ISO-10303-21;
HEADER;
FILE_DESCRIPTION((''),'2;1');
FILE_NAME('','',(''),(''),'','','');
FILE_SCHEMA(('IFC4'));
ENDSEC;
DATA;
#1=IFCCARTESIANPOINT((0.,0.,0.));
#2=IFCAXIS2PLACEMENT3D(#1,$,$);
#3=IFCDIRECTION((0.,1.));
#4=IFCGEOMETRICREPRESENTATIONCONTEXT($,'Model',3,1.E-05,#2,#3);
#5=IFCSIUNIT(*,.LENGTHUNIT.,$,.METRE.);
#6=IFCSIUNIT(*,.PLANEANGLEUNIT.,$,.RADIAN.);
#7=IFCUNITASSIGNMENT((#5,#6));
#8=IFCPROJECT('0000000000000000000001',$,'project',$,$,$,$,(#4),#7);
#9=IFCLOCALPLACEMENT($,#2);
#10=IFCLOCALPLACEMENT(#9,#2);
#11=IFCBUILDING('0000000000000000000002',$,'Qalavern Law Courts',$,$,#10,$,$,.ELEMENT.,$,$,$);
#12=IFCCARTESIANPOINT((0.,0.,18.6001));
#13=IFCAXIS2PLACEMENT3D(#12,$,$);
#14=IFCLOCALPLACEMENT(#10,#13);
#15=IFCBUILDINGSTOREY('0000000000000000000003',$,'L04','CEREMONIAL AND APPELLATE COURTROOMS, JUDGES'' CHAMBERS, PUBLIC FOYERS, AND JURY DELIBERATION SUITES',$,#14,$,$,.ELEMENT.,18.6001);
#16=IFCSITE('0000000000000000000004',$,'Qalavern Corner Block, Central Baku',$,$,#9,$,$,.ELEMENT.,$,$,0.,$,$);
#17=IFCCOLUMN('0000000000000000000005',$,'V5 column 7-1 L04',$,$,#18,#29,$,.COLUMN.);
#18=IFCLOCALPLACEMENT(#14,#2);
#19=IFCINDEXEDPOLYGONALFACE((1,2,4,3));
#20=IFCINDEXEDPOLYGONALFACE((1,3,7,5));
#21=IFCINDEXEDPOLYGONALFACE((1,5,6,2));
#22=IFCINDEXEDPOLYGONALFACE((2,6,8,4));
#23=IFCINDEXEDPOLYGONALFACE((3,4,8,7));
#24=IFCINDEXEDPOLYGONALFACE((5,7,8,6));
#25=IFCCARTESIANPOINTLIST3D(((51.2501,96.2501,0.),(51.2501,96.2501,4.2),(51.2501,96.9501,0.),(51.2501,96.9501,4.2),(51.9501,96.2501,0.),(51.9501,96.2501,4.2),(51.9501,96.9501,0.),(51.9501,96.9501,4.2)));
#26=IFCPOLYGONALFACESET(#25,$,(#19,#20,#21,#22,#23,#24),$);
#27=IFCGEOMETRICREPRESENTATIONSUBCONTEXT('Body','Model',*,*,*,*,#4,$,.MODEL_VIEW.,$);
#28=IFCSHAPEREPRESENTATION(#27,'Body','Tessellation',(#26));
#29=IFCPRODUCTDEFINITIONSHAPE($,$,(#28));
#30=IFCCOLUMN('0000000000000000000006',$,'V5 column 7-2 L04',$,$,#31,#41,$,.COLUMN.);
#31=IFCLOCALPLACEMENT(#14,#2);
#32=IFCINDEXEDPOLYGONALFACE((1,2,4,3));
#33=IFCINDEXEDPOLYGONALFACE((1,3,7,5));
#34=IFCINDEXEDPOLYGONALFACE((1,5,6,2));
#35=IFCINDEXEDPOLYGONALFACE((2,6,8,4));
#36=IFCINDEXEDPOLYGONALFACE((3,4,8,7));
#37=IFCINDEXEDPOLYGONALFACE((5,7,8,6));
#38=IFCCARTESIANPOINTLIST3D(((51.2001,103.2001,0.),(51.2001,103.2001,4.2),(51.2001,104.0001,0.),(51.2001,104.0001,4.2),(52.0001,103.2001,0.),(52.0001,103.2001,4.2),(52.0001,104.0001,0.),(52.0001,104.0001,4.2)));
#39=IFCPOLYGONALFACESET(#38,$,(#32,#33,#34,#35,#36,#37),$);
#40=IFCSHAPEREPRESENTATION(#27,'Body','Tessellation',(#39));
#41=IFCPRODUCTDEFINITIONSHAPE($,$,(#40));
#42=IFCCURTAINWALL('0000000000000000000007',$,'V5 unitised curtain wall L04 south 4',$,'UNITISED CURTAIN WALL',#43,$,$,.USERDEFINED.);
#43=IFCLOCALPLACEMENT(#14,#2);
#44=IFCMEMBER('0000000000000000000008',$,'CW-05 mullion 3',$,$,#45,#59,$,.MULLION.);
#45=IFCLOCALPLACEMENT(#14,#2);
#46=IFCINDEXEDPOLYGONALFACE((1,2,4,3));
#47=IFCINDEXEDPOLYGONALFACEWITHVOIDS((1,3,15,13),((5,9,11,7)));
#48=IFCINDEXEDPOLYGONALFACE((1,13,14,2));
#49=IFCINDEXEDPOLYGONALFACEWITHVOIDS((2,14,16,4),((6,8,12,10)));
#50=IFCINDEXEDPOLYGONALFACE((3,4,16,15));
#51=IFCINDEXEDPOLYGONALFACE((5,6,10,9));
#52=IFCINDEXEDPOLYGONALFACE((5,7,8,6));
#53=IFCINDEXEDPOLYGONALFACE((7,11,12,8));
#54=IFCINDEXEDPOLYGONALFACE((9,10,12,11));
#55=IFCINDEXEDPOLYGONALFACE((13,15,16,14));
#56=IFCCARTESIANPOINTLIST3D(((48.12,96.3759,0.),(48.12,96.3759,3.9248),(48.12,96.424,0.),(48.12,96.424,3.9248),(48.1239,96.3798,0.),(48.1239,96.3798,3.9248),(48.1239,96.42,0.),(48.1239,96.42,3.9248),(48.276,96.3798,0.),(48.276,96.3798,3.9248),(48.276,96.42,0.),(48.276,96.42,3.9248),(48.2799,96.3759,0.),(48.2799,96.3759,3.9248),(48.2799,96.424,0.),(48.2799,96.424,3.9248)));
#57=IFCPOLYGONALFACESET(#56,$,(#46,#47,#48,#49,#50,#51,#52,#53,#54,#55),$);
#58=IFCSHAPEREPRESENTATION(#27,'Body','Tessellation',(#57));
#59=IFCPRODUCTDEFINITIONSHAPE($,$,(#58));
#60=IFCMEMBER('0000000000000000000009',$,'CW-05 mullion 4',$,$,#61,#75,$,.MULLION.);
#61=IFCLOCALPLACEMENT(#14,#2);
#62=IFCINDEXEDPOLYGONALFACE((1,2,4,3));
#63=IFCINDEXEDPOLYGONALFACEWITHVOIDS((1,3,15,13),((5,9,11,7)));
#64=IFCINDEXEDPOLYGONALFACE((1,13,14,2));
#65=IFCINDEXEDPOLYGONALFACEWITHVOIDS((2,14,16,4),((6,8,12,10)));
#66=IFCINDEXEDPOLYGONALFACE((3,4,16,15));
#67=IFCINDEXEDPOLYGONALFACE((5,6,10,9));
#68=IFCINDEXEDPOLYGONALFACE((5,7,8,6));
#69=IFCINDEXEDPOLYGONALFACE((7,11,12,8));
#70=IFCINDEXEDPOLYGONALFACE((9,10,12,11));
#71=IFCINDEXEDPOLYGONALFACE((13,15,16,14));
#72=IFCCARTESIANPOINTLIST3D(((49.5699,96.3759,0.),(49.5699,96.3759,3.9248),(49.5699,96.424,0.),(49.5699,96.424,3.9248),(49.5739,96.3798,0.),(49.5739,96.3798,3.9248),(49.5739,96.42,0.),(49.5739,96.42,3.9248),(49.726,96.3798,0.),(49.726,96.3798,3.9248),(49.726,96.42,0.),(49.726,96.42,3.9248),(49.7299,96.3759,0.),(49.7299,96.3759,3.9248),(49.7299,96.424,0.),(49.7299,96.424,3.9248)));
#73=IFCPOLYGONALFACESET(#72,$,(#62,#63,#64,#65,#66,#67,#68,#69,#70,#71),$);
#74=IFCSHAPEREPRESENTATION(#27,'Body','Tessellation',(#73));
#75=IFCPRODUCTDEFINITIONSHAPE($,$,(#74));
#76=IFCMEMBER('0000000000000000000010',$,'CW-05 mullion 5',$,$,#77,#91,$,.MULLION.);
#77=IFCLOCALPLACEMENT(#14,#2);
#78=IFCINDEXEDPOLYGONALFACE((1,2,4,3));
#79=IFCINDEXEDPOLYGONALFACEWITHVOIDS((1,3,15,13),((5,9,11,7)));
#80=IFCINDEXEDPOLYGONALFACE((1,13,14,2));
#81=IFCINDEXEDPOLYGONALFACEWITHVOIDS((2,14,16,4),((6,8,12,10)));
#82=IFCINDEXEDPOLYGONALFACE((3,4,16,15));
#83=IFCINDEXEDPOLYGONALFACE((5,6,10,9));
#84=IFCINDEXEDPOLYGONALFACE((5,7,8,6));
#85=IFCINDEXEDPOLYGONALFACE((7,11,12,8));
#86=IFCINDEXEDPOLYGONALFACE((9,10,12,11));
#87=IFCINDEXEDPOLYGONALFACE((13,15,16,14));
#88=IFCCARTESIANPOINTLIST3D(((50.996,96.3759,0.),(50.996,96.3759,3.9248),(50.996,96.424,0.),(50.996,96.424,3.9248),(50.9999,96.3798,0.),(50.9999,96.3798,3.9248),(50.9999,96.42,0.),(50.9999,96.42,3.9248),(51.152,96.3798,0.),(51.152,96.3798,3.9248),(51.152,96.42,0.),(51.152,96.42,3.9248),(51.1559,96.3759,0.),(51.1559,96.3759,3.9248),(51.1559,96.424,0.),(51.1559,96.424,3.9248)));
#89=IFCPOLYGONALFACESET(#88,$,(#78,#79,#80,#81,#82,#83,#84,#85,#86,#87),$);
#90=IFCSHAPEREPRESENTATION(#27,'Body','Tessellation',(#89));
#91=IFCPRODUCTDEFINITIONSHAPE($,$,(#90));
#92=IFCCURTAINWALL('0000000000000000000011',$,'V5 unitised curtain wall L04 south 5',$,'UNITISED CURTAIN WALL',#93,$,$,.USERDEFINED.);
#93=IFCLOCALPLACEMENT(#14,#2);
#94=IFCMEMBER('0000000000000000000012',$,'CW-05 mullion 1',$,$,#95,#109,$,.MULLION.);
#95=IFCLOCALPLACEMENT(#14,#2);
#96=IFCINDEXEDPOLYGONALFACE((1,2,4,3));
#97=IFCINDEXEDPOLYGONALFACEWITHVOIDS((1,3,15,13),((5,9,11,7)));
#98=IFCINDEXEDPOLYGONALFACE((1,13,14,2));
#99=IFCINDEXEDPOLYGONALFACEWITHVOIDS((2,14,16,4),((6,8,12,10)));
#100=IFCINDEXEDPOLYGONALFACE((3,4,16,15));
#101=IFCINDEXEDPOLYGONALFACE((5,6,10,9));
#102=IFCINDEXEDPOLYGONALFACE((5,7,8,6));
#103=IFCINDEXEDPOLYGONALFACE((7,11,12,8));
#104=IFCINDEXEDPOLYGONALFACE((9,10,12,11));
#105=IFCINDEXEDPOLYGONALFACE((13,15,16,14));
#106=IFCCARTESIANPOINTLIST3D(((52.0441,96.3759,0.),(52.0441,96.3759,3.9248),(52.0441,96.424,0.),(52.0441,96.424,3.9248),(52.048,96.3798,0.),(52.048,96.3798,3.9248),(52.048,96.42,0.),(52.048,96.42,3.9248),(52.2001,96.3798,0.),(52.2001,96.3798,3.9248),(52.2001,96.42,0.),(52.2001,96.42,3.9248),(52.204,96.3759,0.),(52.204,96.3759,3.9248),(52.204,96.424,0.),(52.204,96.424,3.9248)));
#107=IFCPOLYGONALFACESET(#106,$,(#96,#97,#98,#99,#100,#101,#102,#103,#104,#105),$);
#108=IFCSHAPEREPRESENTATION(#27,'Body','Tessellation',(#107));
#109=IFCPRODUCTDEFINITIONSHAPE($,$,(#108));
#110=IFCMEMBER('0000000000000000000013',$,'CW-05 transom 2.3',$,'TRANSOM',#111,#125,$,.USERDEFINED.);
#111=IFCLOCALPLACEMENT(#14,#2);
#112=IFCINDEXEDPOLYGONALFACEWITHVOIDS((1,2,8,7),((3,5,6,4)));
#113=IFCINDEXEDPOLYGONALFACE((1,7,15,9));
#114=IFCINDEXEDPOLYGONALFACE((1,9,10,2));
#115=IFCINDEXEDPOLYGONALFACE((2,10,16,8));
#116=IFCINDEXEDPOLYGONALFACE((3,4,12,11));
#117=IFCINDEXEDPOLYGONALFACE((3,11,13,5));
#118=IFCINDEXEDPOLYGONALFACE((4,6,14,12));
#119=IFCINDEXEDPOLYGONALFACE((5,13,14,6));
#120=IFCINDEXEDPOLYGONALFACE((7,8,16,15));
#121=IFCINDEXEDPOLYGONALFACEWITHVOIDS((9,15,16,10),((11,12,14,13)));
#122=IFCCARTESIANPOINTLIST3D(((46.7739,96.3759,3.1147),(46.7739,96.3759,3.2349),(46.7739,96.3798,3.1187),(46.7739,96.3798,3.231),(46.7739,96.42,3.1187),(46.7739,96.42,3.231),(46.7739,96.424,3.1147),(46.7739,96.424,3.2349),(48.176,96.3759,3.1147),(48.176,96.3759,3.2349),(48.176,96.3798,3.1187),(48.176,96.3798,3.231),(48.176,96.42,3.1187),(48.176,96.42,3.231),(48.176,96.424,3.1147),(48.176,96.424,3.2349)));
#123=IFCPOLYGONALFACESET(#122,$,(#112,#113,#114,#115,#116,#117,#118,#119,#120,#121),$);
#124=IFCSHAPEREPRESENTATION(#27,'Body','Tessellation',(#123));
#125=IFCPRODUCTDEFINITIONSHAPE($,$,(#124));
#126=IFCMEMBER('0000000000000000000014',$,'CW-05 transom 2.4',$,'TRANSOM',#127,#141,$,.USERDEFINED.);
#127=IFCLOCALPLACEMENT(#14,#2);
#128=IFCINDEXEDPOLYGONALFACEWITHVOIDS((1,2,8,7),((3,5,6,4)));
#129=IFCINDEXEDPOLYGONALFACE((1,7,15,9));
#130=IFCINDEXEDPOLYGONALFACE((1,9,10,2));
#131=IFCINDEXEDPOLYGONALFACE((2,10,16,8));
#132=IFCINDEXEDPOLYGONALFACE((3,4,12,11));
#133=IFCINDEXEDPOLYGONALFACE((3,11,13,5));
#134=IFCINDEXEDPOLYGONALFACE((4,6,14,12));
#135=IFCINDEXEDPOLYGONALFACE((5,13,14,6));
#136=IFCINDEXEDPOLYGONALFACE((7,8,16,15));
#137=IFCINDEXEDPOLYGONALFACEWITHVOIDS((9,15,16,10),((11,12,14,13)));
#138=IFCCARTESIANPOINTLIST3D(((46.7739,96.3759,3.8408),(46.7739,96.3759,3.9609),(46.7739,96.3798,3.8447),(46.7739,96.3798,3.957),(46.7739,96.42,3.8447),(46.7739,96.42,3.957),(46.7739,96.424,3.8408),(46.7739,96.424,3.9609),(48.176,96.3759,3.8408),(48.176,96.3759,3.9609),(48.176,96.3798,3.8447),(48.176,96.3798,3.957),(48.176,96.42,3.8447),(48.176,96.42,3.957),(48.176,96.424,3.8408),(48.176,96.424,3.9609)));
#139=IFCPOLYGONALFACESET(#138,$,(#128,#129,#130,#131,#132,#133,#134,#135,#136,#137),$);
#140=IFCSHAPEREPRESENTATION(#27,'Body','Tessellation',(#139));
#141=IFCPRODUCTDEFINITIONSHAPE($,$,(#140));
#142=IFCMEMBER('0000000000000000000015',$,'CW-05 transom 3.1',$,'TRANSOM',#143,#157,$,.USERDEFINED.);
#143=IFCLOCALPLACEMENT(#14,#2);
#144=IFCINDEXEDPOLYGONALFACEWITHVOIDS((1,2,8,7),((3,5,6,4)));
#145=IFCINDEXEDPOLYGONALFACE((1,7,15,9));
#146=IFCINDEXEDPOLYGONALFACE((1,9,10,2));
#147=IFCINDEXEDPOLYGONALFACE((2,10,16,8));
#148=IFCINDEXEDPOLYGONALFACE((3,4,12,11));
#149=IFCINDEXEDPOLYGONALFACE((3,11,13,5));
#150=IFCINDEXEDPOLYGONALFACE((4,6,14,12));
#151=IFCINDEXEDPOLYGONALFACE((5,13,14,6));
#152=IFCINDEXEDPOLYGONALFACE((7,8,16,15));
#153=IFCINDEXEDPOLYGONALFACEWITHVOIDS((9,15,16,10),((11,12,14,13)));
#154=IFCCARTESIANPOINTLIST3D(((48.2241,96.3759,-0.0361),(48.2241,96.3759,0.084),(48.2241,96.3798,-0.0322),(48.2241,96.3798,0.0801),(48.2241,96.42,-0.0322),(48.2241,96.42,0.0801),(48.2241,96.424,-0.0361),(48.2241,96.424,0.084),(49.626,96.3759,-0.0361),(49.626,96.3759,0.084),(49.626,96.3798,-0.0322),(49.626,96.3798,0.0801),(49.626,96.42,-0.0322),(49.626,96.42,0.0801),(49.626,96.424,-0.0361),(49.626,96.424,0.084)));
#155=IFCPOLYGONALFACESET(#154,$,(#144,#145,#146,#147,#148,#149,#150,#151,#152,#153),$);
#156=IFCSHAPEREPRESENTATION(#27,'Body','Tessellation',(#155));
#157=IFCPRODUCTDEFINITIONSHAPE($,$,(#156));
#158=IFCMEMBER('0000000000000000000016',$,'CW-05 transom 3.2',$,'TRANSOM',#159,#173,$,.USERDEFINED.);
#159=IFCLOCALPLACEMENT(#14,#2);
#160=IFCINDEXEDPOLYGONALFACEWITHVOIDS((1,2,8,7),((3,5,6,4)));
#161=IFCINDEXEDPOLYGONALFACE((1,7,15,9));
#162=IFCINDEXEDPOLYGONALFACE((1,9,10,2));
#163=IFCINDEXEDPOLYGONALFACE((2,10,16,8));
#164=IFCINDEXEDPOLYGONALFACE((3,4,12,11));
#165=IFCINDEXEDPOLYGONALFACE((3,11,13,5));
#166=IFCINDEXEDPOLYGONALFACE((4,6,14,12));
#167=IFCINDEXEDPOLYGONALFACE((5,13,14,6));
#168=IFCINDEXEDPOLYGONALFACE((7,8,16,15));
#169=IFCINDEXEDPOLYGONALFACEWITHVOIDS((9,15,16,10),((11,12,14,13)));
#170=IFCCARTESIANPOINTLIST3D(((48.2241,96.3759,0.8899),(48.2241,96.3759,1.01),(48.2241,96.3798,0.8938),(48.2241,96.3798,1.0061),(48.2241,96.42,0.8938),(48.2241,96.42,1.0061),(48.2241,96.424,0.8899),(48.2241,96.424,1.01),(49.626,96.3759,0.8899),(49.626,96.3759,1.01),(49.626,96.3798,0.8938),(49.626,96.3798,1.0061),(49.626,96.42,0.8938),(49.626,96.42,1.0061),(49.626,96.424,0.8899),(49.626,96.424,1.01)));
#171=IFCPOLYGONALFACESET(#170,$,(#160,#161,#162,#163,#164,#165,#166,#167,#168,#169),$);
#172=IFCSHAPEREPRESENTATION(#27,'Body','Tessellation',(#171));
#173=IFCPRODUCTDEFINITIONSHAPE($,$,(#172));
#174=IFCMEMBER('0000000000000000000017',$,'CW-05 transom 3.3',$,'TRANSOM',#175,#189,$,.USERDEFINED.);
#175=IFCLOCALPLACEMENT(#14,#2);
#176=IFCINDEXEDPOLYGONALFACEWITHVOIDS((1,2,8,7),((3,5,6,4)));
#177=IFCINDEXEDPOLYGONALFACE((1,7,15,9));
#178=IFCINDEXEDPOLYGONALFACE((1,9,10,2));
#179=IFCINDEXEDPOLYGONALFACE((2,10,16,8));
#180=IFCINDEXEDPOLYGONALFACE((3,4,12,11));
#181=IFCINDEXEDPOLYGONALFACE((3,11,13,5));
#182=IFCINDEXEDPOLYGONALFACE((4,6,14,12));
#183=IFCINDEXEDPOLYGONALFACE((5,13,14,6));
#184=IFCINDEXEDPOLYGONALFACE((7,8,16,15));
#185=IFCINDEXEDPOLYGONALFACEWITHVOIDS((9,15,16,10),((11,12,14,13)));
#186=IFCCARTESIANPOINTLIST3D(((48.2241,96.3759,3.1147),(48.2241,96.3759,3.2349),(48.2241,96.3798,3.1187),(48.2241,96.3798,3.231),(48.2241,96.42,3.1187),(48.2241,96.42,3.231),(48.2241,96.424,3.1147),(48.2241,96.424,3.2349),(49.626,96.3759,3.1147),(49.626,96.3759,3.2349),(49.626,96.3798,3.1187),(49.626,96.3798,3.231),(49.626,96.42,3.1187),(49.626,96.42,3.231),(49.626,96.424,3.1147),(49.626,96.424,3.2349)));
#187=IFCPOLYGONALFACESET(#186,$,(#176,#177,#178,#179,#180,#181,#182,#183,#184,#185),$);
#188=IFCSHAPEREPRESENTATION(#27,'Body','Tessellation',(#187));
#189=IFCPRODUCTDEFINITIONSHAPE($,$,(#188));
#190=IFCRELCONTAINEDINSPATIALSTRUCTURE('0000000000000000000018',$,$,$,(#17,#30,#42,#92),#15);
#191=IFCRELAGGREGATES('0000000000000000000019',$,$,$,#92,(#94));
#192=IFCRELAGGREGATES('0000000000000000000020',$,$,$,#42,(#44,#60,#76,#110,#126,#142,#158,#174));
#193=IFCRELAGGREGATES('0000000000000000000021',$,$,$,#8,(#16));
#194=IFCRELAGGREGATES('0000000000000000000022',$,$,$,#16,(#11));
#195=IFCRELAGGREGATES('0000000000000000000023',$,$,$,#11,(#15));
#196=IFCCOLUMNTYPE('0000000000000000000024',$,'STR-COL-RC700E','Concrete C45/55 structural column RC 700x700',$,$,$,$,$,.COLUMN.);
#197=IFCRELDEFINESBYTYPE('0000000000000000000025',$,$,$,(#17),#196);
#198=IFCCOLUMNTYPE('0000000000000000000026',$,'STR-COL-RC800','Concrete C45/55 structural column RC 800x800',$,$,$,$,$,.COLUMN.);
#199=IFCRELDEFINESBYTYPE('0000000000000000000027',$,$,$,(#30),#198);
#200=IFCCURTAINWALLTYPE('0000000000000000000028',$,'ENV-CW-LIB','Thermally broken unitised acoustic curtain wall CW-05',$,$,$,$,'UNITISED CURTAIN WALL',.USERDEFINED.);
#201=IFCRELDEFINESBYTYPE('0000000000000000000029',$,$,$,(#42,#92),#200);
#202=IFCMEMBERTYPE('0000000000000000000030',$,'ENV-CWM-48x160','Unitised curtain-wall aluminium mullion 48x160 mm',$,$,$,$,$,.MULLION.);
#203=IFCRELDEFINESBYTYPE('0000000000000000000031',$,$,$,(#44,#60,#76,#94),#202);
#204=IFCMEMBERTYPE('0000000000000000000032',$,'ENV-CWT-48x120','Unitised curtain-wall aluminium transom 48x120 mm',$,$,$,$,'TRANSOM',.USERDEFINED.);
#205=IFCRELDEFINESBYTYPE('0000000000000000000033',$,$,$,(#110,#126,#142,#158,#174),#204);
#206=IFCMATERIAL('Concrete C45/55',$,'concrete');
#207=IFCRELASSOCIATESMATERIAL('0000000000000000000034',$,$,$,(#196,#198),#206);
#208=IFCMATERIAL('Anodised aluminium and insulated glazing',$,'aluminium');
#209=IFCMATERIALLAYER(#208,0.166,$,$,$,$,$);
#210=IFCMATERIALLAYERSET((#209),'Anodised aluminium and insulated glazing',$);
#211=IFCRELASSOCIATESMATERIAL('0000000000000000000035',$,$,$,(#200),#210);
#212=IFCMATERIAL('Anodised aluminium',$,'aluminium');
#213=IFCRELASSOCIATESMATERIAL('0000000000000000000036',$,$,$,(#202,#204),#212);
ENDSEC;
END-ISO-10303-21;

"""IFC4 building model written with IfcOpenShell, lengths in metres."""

from ifc_helpers import new_model, si_unit, direction, frame, origin, origin_2d, place, context, subcontext, project, spatial, rectangle, hollow_rectangle, extrude, material, layer, layer_set, material_profile, profile_set, type_object, element, aggregate, save


model = new_model("IFC4")

# Units and contexts
model_context = context("Model", 3, precision=1e-05, world=origin(), true_north=direction((0.0, 1.0)))
body_context = subcontext(model_context, "Body", "Model", "MODEL_VIEW")
ifc_project = project(units=[si_unit("LENGTHUNIT", "METRE"), si_unit("PLANEANGLEUNIT", "RADIAN")], contexts=[model_context])

# Site, building, storey
site_placement = place(None, origin())
site = spatial("IfcSite", under=ifc_project, at=site_placement, Name="Qalavern Corner Block, Central Baku", CompositionType="ELEMENT", RefElevation=0.0)
building_placement = place(site_placement, origin())
building = spatial("IfcBuilding", under=site, at=building_placement, Name="Qalavern Law Courts", CompositionType="ELEMENT")
storey_placement = place(building_placement, frame((0.0, 0.0, 18.6001)))
storey = spatial("IfcBuildingStorey", under=building, at=storey_placement, Name="L04", Description="CEREMONIAL AND APPELLATE COURTROOMS, JUDGES' CHAMBERS, PUBLIC FOYERS, AND JURY DELIBERATION SUITES", CompositionType="ELEMENT", Elevation=18.6001)

# Columns
ifc_material_1 = material(Name="Concrete C45/55", Category="concrete")
ifc_material_profile_1 = material_profile(ifc_material_1, rectangle(XDim=0.7, YDim=0.7, at=origin_2d()), Name="RC 700x700")
ifc_profile_set_1 = profile_set([ifc_material_profile_1], Name="Concrete C45/55")
column_type_1 = type_object("IfcColumnType", Name="STR-COL-RC700E", Description="Concrete C45/55 structural column RC 700x700", PredefinedType="COLUMN", material=ifc_profile_set_1)
column_1_placement = place(storey_placement, frame((51.6001, 96.6001, 0.0), z_axis=(0.0, 0.0, 1.0), x_axis=(1.0, 0.0, 0.0)))
element("IfcColumn", 1, at=column_1_placement, inside=storey, type_object=column_type_1, Name="V5 column 7-1 L04", PredefinedType="COLUMN", context=body_context, shape_type="SweptSolid", body=[
    extrude(rectangle(XDim=0.7, YDim=0.7, at=origin_2d()), origin(), (0.0, 0.0, 1.0), 4.2),
])
ifc_material_profile_2 = material_profile(ifc_material_1, rectangle(XDim=0.8, YDim=0.8, at=origin_2d()), Name="RC 800x800")
ifc_profile_set_2 = profile_set([ifc_material_profile_2], Name="Concrete C45/55")
column_type_2 = type_object("IfcColumnType", Name="STR-COL-RC800", Description="Concrete C45/55 structural column RC 800x800", PredefinedType="COLUMN", material=ifc_profile_set_2)
column_2_placement = place(storey_placement, frame((51.6001, 103.6001, 0.0), z_axis=(0.0, 0.0, 1.0), x_axis=(1.0, 0.0, 0.0)))
element("IfcColumn", 2, at=column_2_placement, inside=storey, type_object=column_type_2, Name="V5 column 7-2 L04", PredefinedType="COLUMN", context=body_context, shape_type="SweptSolid", body=[
    extrude(rectangle(XDim=0.8, YDim=0.8, at=origin_2d()), origin(), (0.0, 0.0, 1.0), 4.2),
])

# Curtain wall, members
ifc_material_2 = material(Name="Anodised aluminium and insulated glazing", Category="aluminium")
ifc_layer_1 = layer(ifc_material_2, 0.166)
ifc_layer_set_1 = layer_set([ifc_layer_1], Name="Anodised aluminium and insulated glazing")
curtain_wall_type = type_object("IfcCurtainWallType", Name="ENV-CW-LIB", Description="Thermally broken unitised acoustic curtain wall CW-05", ElementType="UNITISED CURTAIN WALL", PredefinedType="USERDEFINED", material=ifc_layer_set_1)
curtain_wall_1_placement = place(storey_placement, origin())
curtain_wall_1 = element("IfcCurtainWall", 3, at=curtain_wall_1_placement, inside=storey, type_object=curtain_wall_type, Name="V5 unitised curtain wall L04 south 4", ObjectType="UNITISED CURTAIN WALL", PredefinedType="USERDEFINED")
ifc_material_3 = material(Name="Anodised aluminium", Category="aluminium")
ifc_material_profile_3 = material_profile(ifc_material_3, hollow_rectangle(XDim=0.0481, YDim=0.1599, WallThickness=0.0039, at=origin_2d()), Name="ALU MULLION 48x160")
ifc_profile_set_3 = profile_set([ifc_material_profile_3], Name="Anodised aluminium")
member_type_1 = type_object("IfcMemberType", Name="ENV-CWM-48x160", Description="Unitised curtain-wall aluminium mullion 48x160 mm", PredefinedType="MULLION", material=ifc_profile_set_3)
member_1_placement = place(storey_placement, frame((48.2, 96.3999, 0.0), z_axis=(0.0, 0.0, 1.0), x_axis=(0.0, 1.0, 0.0)))
member_1 = element("IfcMember", 4, at=member_1_placement, type_object=member_type_1, Name="CW-05 mullion 3", PredefinedType="MULLION", context=body_context, shape_type="SweptSolid", body=[
    extrude(hollow_rectangle(XDim=0.0481, YDim=0.1599, WallThickness=0.0039, at=origin_2d()), origin(), (0.0, 0.0, 1.0), 3.9248),
])
member_2_placement = place(storey_placement, frame((49.6499, 96.3999, 0.0), z_axis=(0.0, 0.0, 1.0), x_axis=(0.0, 1.0, 0.0)))
member_2 = element("IfcMember", 5, at=member_2_placement, type_object=member_type_1, Name="CW-05 mullion 4", PredefinedType="MULLION", context=body_context, shape_type="SweptSolid", body=[
    extrude(hollow_rectangle(XDim=0.0481, YDim=0.1599, WallThickness=0.0039, at=origin_2d()), origin(), (0.0, 0.0, 1.0), 3.9248),
])
member_3_placement = place(storey_placement, frame((51.0759, 96.3999, 0.0), z_axis=(0.0, 0.0, 1.0), x_axis=(0.0, 1.0, 0.0)))
member_3 = element("IfcMember", 6, at=member_3_placement, type_object=member_type_1, Name="CW-05 mullion 5", PredefinedType="MULLION", context=body_context, shape_type="SweptSolid", body=[
    extrude(hollow_rectangle(XDim=0.0481, YDim=0.1599, WallThickness=0.0039, at=origin_2d()), origin(), (0.0, 0.0, 1.0), 3.9248),
])

# Curtain wall, member
curtain_wall_2_placement = place(storey_placement, origin())
curtain_wall_2 = element("IfcCurtainWall", 7, at=curtain_wall_2_placement, inside=storey, type_object=curtain_wall_type, Name="V5 unitised curtain wall L04 south 5", ObjectType="UNITISED CURTAIN WALL", PredefinedType="USERDEFINED")
member_4_placement = place(storey_placement, frame((52.124, 96.3999, 0.0), z_axis=(0.0, 0.0, 1.0), x_axis=(0.0, 1.0, 0.0)))
member_4 = element("IfcMember", 8, at=member_4_placement, type_object=member_type_1, Name="CW-05 mullion 1", PredefinedType="MULLION", context=body_context, shape_type="SweptSolid", body=[
    extrude(hollow_rectangle(XDim=0.0481, YDim=0.1599, WallThickness=0.0039, at=origin_2d()), origin(), (0.0, 0.0, 1.0), 3.9248),
])

# Members
ifc_material_profile_4 = material_profile(ifc_material_3, hollow_rectangle(XDim=0.0481, YDim=0.1201, WallThickness=0.0039, at=origin_2d()), Name="ALU TRANSOM 48x120")
ifc_profile_set_4 = profile_set([ifc_material_profile_4], Name="Anodised aluminium")
member_type_2 = type_object("IfcMemberType", Name="ENV-CWT-48x120", Description="Unitised curtain-wall aluminium transom 48x120 mm", ElementType="TRANSOM", PredefinedType="USERDEFINED", material=ifc_profile_set_4)
member_5_placement = place(storey_placement, frame((46.7739, 96.3999, 3.1748), z_axis=(1.0, 0.0, 0.0), x_axis=(0.0, 1.0, 0.0)))
member_5 = element("IfcMember", 9, at=member_5_placement, type_object=member_type_2, Name="CW-05 transom 2.3", ObjectType="TRANSOM", PredefinedType="USERDEFINED", context=body_context, shape_type="SweptSolid", body=[
    extrude(hollow_rectangle(XDim=0.0481, YDim=0.1201, WallThickness=0.0039, at=origin_2d()), origin(), (0.0, 0.0, 1.0), 1.4021),
])
member_6_placement = place(storey_placement, frame((46.7739, 96.3999, 3.9009), z_axis=(1.0, 0.0, 0.0), x_axis=(0.0, 1.0, 0.0)))
member_6 = element("IfcMember", 10, at=member_6_placement, type_object=member_type_2, Name="CW-05 transom 2.4", ObjectType="TRANSOM", PredefinedType="USERDEFINED", context=body_context, shape_type="SweptSolid", body=[
    extrude(hollow_rectangle(XDim=0.0481, YDim=0.1201, WallThickness=0.0039, at=origin_2d()), origin(), (0.0, 0.0, 1.0), 1.4021),
])
member_7_placement = place(storey_placement, frame((48.2241, 96.3999, 0.0239), z_axis=(1.0, 0.0, 0.0), x_axis=(0.0, 1.0, 0.0)))
member_7 = element("IfcMember", 11, at=member_7_placement, type_object=member_type_2, Name="CW-05 transom 3.1", ObjectType="TRANSOM", PredefinedType="USERDEFINED", context=body_context, shape_type="SweptSolid", body=[
    extrude(hollow_rectangle(XDim=0.0481, YDim=0.1201, WallThickness=0.0039, at=origin_2d()), origin(), (0.0, 0.0, 1.0), 1.4019),
])
member_8_placement = place(storey_placement, frame((48.2241, 96.3999, 0.95), z_axis=(1.0, 0.0, 0.0), x_axis=(0.0, 1.0, 0.0)))
member_8 = element("IfcMember", 12, at=member_8_placement, type_object=member_type_2, Name="CW-05 transom 3.2", ObjectType="TRANSOM", PredefinedType="USERDEFINED", context=body_context, shape_type="SweptSolid", body=[
    extrude(hollow_rectangle(XDim=0.0481, YDim=0.1201, WallThickness=0.0039, at=origin_2d()), origin(), (0.0, 0.0, 1.0), 1.4019),
])
member_9_placement = place(storey_placement, frame((48.2241, 96.3999, 3.1748), z_axis=(1.0, 0.0, 0.0), x_axis=(0.0, 1.0, 0.0)))
member_9 = element("IfcMember", 13, at=member_9_placement, type_object=member_type_2, Name="CW-05 transom 3.3", ObjectType="TRANSOM", PredefinedType="USERDEFINED", context=body_context, shape_type="SweptSolid", body=[
    extrude(hollow_rectangle(XDim=0.0481, YDim=0.1201, WallThickness=0.0039, at=origin_2d()), origin(), (0.0, 0.0, 1.0), 1.4019),
])
aggregate(curtain_wall_2, [member_4])

aggregate(curtain_wall_1, [member_1, member_2, member_3, member_5, member_6, member_7, member_8, member_9])

save(model, "model.ifc")
